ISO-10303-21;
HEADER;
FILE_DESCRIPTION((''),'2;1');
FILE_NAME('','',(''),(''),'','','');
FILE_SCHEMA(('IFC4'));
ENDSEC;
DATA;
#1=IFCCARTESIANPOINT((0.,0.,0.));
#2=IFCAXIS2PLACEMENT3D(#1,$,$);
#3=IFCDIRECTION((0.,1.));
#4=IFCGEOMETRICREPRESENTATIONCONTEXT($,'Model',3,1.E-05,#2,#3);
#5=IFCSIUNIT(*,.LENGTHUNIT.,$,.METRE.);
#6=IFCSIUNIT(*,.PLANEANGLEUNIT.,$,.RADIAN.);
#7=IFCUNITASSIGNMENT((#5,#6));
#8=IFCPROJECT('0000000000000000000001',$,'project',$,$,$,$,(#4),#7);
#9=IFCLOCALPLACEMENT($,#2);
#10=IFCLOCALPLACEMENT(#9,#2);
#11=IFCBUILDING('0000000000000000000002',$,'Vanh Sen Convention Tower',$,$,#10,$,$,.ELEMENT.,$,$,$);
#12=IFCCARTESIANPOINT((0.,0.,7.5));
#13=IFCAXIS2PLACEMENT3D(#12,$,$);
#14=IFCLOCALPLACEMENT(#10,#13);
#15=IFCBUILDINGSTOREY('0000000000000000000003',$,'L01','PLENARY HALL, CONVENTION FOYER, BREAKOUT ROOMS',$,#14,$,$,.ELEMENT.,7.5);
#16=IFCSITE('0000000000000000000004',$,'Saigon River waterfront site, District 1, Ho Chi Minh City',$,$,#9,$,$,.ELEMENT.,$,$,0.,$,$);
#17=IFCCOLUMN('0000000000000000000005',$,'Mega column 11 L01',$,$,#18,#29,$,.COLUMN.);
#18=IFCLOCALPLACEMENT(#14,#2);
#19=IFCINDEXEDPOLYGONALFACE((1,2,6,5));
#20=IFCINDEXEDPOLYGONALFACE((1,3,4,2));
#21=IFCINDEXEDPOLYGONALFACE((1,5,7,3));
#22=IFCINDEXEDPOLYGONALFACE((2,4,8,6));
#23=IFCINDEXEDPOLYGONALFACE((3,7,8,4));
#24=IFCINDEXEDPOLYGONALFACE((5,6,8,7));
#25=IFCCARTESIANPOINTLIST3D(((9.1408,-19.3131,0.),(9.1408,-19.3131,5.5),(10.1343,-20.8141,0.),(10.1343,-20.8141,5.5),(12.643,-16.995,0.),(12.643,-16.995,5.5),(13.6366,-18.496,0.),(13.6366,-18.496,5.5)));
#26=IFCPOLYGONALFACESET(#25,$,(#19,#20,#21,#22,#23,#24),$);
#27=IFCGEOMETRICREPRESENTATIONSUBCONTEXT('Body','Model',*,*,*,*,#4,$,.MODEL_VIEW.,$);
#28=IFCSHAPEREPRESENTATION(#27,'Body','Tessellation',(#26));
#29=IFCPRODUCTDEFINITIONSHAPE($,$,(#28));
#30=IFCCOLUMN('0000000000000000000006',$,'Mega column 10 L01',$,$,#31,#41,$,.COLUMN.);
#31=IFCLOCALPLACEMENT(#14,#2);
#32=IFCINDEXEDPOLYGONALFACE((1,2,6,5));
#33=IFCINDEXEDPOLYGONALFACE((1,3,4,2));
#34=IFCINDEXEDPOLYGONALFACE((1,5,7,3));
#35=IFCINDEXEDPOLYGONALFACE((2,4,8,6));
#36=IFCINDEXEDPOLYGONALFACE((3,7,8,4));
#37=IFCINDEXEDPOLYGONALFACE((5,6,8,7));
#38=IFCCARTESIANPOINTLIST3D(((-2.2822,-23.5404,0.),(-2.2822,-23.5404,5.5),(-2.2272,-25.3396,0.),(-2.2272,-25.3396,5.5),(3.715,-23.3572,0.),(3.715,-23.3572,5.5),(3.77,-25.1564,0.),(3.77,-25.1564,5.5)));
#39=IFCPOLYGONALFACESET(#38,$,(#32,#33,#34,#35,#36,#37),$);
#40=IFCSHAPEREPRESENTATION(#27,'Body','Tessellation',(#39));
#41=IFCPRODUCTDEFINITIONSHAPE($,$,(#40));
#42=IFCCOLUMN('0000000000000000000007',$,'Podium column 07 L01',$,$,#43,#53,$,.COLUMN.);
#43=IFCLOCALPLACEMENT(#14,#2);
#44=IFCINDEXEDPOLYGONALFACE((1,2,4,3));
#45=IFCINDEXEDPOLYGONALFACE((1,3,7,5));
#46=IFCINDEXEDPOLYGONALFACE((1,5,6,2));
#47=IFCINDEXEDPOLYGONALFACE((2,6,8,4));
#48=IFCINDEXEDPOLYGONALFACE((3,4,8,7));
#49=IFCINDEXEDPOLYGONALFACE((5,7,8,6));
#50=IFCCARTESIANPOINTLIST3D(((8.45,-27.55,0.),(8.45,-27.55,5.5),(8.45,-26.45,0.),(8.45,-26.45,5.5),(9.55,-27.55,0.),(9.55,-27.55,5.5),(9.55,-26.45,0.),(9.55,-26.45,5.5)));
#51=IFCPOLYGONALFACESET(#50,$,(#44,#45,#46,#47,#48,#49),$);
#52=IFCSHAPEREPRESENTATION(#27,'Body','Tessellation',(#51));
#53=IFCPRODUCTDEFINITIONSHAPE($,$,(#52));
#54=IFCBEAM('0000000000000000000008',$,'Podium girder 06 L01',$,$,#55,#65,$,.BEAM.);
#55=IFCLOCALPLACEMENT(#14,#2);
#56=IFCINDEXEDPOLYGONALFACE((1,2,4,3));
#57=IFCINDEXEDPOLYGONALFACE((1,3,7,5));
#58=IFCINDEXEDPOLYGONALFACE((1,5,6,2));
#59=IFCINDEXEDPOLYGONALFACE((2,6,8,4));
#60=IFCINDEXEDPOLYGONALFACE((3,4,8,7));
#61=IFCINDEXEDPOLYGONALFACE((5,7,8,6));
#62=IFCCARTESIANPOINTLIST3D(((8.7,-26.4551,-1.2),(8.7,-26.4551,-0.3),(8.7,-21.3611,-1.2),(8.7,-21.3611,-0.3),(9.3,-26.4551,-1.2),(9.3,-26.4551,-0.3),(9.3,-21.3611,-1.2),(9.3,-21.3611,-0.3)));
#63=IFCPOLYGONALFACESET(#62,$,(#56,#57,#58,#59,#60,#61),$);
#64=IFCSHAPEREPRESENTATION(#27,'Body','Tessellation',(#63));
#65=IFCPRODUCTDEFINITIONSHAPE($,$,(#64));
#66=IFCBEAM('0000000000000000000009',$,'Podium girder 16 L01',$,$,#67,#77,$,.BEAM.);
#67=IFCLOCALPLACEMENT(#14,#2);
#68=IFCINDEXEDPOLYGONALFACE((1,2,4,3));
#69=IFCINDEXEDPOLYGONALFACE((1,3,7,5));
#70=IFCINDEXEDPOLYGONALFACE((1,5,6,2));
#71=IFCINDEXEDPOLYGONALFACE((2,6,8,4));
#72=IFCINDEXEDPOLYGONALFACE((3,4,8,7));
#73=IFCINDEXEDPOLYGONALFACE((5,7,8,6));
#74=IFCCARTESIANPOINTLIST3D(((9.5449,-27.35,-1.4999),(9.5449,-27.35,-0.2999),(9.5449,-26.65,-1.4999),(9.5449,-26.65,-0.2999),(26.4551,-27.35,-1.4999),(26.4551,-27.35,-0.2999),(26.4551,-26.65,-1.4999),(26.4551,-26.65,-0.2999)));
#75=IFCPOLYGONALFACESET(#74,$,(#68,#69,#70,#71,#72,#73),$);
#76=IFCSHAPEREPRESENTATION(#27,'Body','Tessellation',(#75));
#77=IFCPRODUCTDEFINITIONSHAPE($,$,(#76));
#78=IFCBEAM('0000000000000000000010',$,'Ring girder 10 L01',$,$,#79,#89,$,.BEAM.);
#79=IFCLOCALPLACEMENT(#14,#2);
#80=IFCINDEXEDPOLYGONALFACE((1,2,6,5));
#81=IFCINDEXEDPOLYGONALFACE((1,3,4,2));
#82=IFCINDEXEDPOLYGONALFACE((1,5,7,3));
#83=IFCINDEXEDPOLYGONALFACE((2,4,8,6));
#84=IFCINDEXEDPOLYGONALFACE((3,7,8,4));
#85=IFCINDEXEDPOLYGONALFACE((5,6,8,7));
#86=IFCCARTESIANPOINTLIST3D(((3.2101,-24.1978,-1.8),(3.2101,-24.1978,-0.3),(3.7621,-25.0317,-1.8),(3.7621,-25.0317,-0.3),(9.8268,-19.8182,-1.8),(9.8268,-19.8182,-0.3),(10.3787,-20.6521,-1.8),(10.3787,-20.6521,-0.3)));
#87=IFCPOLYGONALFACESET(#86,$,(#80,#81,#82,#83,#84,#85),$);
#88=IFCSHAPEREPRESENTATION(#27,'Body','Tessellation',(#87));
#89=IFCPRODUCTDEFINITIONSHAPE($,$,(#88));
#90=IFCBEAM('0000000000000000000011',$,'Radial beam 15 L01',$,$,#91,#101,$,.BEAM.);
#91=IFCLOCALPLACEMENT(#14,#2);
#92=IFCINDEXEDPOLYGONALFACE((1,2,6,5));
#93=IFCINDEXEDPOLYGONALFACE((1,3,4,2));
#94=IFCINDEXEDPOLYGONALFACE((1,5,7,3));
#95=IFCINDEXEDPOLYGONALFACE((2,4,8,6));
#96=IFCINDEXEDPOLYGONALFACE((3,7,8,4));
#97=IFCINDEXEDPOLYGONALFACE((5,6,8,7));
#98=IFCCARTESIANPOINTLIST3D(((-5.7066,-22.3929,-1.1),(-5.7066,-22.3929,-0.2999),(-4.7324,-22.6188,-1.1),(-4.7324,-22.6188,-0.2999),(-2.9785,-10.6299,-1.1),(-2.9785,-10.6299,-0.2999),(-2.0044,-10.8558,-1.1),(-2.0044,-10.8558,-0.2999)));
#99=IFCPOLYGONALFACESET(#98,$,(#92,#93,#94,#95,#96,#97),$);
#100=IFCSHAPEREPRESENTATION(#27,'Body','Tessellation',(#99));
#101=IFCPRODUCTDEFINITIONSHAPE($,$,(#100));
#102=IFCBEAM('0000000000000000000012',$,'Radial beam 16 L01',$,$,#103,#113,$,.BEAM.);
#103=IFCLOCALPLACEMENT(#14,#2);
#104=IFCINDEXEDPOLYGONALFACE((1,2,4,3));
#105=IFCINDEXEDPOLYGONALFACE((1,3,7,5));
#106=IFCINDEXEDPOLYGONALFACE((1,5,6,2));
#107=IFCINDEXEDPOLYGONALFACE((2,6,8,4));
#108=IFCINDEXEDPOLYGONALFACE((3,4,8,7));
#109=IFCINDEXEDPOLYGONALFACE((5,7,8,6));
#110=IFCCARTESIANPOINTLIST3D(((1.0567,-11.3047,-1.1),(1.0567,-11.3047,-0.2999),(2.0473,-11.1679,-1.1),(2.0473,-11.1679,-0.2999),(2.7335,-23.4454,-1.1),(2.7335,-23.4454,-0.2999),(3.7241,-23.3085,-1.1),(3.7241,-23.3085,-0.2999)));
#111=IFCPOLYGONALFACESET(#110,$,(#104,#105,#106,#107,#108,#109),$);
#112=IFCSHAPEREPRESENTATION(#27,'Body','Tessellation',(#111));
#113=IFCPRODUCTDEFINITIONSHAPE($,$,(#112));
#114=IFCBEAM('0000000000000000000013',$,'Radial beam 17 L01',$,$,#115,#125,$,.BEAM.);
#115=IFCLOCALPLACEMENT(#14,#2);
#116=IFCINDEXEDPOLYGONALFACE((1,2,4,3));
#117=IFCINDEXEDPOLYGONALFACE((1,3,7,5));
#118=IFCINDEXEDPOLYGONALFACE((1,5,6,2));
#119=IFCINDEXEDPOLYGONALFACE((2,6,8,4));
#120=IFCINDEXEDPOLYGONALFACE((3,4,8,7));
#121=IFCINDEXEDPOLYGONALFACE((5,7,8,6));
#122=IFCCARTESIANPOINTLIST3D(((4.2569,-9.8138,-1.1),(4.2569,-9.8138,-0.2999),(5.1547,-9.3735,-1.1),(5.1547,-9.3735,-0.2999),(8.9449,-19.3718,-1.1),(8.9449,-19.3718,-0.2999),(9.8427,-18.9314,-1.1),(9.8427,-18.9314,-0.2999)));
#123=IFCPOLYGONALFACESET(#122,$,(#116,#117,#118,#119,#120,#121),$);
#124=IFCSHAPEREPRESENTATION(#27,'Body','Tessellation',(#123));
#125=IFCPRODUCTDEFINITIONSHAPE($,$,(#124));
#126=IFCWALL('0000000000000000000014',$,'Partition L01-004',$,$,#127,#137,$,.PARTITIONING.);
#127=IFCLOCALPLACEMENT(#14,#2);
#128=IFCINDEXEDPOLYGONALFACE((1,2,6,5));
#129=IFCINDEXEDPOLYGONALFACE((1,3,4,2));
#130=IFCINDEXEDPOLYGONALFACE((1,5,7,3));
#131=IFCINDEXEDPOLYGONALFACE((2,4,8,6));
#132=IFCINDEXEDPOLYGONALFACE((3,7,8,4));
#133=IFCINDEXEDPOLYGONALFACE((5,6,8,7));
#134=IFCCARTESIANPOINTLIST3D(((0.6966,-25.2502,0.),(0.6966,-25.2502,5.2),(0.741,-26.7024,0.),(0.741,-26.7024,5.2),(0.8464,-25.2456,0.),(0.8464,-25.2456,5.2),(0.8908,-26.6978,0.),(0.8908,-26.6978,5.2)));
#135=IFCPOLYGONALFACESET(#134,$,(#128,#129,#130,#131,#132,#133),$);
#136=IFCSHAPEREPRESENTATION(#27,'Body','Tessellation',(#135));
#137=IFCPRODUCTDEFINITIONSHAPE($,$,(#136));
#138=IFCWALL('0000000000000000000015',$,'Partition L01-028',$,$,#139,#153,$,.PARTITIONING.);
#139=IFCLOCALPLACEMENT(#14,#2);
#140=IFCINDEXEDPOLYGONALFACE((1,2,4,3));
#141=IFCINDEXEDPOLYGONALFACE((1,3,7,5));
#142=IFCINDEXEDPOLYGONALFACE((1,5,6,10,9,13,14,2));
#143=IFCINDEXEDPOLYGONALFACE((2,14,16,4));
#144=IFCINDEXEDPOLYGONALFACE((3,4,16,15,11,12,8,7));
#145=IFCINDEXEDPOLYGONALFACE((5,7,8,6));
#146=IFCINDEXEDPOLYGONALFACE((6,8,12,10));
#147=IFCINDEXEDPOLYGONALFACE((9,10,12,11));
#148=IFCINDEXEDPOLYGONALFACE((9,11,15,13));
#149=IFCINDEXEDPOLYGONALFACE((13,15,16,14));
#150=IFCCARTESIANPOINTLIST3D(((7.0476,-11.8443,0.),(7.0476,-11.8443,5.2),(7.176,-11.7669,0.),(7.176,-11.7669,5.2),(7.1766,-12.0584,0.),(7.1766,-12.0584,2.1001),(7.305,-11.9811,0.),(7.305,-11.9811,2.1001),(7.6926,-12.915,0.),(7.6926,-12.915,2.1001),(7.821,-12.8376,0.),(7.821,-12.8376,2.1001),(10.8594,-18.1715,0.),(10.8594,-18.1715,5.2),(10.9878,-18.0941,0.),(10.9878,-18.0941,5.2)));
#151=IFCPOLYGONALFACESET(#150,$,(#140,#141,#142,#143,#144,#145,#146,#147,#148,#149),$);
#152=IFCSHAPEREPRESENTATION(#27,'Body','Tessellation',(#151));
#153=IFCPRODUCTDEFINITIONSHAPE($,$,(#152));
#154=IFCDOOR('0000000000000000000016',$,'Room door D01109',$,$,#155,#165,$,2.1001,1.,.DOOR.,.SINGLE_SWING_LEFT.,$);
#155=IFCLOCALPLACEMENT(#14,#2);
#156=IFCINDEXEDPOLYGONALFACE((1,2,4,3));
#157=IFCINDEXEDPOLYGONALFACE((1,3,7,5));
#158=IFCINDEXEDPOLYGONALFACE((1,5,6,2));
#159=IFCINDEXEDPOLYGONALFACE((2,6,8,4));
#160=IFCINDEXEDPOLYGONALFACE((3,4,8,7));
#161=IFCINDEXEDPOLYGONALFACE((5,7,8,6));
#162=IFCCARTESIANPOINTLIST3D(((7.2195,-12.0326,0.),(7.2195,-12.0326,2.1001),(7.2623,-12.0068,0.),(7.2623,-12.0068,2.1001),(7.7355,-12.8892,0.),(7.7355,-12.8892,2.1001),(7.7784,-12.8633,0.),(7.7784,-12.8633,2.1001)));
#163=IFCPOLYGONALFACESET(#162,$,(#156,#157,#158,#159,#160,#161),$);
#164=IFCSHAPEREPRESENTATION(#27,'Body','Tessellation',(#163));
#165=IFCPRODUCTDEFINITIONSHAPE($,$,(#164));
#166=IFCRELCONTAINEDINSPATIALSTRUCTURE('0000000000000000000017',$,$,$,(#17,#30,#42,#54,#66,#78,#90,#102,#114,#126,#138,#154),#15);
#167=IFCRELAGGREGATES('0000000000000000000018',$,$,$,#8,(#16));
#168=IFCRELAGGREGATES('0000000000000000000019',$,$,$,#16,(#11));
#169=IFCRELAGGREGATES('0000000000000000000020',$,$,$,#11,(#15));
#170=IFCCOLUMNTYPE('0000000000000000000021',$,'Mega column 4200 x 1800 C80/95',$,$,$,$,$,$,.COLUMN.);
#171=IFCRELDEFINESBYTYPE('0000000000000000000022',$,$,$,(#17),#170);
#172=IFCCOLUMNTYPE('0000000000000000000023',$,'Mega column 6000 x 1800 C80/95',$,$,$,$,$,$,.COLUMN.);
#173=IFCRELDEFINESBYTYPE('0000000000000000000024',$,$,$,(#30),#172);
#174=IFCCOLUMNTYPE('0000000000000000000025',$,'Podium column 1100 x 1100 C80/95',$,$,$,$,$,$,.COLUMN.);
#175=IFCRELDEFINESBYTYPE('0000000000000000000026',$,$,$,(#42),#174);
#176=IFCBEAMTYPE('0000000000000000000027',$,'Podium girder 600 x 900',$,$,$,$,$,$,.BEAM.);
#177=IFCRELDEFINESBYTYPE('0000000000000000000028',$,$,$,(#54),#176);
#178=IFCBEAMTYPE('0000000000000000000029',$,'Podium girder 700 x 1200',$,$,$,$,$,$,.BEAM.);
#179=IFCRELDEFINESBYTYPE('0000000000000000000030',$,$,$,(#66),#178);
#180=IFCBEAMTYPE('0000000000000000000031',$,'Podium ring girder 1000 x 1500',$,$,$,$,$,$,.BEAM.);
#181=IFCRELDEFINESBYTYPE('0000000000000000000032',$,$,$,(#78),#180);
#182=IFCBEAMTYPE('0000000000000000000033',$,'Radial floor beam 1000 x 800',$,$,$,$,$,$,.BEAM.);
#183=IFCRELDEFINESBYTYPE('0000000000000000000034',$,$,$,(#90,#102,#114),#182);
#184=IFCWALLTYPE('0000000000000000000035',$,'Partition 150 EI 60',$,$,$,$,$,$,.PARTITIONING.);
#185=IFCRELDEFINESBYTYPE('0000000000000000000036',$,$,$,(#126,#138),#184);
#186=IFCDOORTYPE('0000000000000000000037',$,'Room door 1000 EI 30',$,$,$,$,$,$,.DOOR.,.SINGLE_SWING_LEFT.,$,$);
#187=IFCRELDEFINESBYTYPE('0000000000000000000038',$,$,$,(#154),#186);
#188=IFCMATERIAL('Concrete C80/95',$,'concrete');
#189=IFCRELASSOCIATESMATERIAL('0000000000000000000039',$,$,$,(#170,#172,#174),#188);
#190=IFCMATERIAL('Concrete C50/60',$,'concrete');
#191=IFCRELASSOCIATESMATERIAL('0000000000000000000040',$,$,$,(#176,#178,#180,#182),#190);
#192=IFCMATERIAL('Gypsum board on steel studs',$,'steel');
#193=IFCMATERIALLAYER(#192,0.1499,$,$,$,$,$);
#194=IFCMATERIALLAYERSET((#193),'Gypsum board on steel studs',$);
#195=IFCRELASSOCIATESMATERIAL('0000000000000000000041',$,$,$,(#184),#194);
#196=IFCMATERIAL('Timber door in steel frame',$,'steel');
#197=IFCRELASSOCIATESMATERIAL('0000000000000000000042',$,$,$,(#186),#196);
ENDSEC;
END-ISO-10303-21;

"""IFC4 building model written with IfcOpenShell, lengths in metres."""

from ifc_helpers import new_model, si_unit, direction, frame, frame_2d, origin, origin_2d, place, context, subcontext, project, spatial, rectangle, extrude, material, layer, layer_set, material_profile, profile_set, type_object, element, fill, save


model = new_model("IFC4")

# Units and contexts
model_context = context("Model", 3, precision=1e-05, world=origin(), true_north=direction((0.0, 1.0)))
body_context = subcontext(model_context, "Body", "Model", "MODEL_VIEW")
ifc_project = project(units=[si_unit("LENGTHUNIT", "METRE"), si_unit("PLANEANGLEUNIT", "RADIAN")], contexts=[model_context])

# Site, building, storey
site_placement = place(None, origin())
site = spatial("IfcSite", under=ifc_project, at=site_placement, Name="Saigon River waterfront site, District 1, Ho Chi Minh City", CompositionType="ELEMENT", RefElevation=0.0)
building_placement = place(site_placement, origin())
building = spatial("IfcBuilding", under=site, at=building_placement, Name="Vanh Sen Convention Tower", CompositionType="ELEMENT")
storey_placement = place(building_placement, frame((0.0, 0.0, 7.5)))
storey = spatial("IfcBuildingStorey", under=building, at=storey_placement, Name="L01", Description="PLENARY HALL, CONVENTION FOYER, BREAKOUT ROOMS", CompositionType="ELEMENT", Elevation=7.5)

# Columns
ifc_material_1 = material(Name="Concrete C80/95", Category="concrete")
ifc_material_profile_1 = material_profile(ifc_material_1, rectangle(XDim=4.2, YDim=1.8, at=origin_2d()), Name="RC 4200X1800")
ifc_profile_set_1 = profile_set([ifc_material_profile_1], Name="Concrete C80/95")
column_type_1 = type_object("IfcColumnType", Name="Mega column 4200 x 1800 C80/95", PredefinedType="COLUMN", material=ifc_profile_set_1)
column_1_placement = place(storey_placement, frame((11.3887, -18.9045, 0.0), z_axis=(0.0, 0.0, 1.0), x_axis=(0.83388, 0.551946, 0.0)))
element("IfcColumn", 1, at=column_1_placement, inside=storey, type_object=column_type_1, Name="Mega column 11 L01", PredefinedType="COLUMN", context=body_context, shape_type="SweptSolid", body=[
    extrude(rectangle(XDim=4.2, YDim=1.8, at=origin_2d()), origin(), (0.0, 0.0, 1.0), 5.5),
])
ifc_material_profile_2 = material_profile(ifc_material_1, rectangle(XDim=6.0, YDim=1.8, at=origin_2d()), Name="RC 6000X1800")
ifc_profile_set_2 = profile_set([ifc_material_profile_2], Name="Concrete C80/95")
column_type_2 = type_object("IfcColumnType", Name="Mega column 6000 x 1800 C80/95", PredefinedType="COLUMN", material=ifc_profile_set_2)
column_2_placement = place(storey_placement, frame((0.7439, -24.3484, 0.0), z_axis=(0.0, 0.0, 1.0), x_axis=(0.999533, 0.030542, 0.0)))
element("IfcColumn", 2, at=column_2_placement, inside=storey, type_object=column_type_2, Name="Mega column 10 L01", PredefinedType="COLUMN", context=body_context, shape_type="SweptSolid", body=[
    extrude(rectangle(XDim=6.0, YDim=1.8, at=origin_2d()), origin(), (0.0, 0.0, 1.0), 5.5),
])
ifc_material_profile_3 = material_profile(ifc_material_1, rectangle(XDim=1.1001, YDim=1.1001, at=origin_2d()), Name="RC 1100X1100")
ifc_profile_set_3 = profile_set([ifc_material_profile_3], Name="Concrete C80/95")
column_type_3 = type_object("IfcColumnType", Name="Podium column 1100 x 1100 C80/95", PredefinedType="COLUMN", material=ifc_profile_set_3)
column_3_placement = place(storey_placement, frame((9.0, -27.0, 0.0), z_axis=(0.0, 0.0, 1.0), x_axis=(1.0, 0.0, 0.0)))
element("IfcColumn", 3, at=column_3_placement, inside=storey, type_object=column_type_3, Name="Podium column 07 L01", PredefinedType="COLUMN", context=body_context, shape_type="SweptSolid", body=[
    extrude(rectangle(XDim=1.1001, YDim=1.1001, at=origin_2d()), origin(), (0.0, 0.0, 1.0), 5.5),
])

# Beams
ifc_material_2 = material(Name="Concrete C50/60", Category="concrete")
ifc_material_profile_4 = material_profile(ifc_material_2, rectangle(XDim=0.6001, YDim=0.8999, at=origin_2d()), Name="RC 600X900")
ifc_profile_set_4 = profile_set([ifc_material_profile_4], Name="Concrete C50/60")
beam_type_1 = type_object("IfcBeamType", Name="Podium girder 600 x 900", PredefinedType="BEAM", material=ifc_profile_set_4)
beam_1_placement = place(storey_placement, frame((9.0, -26.4551, -0.75), z_axis=(0.0, 1.0, 0.0), x_axis=(-1.0, 0.0, 0.0)))
element("IfcBeam", 4, at=beam_1_placement, inside=storey, type_object=beam_type_1, Name="Podium girder 06 L01", PredefinedType="BEAM", context=body_context, shape_type="SweptSolid", body=[
    extrude(rectangle(XDim=0.6001, YDim=0.8999, at=origin_2d()), origin(), (0.0, 0.0, 1.0), 5.094),
])
ifc_material_profile_5 = material_profile(ifc_material_2, rectangle(XDim=0.7, YDim=1.2, at=origin_2d()), Name="RC 700X1200")
ifc_profile_set_5 = profile_set([ifc_material_profile_5], Name="Concrete C50/60")
beam_type_2 = type_object("IfcBeamType", Name="Podium girder 700 x 1200", PredefinedType="BEAM", material=ifc_profile_set_5)
beam_2_placement = place(storey_placement, frame((9.5449, -27.0, -0.8999), z_axis=(1.0, 0.0, 0.0), x_axis=(0.0, 1.0, 0.0)))
element("IfcBeam", 5, at=beam_2_placement, inside=storey, type_object=beam_type_2, Name="Podium girder 16 L01", PredefinedType="BEAM", context=body_context, shape_type="SweptSolid", body=[
    extrude(rectangle(XDim=0.7, YDim=1.2, at=origin_2d()), origin(), (0.0, 0.0, 1.0), 16.9102),
])
ifc_material_profile_6 = material_profile(ifc_material_2, rectangle(XDim=1.0, YDim=1.5, at=origin_2d()), Name="RC 1000X1500")
ifc_profile_set_6 = profile_set([ifc_material_profile_6], Name="Concrete C50/60")
beam_type_3 = type_object("IfcBeamType", Name="Podium ring girder 1000 x 1500", PredefinedType="BEAM", material=ifc_profile_set_6)
beam_3_placement = place(storey_placement, frame((3.4861, -24.6147, -1.05), z_axis=(0.833878, 0.551949, 0.0), x_axis=(-0.551949, 0.833878, 0.0)))
element("IfcBeam", 6, at=beam_3_placement, inside=storey, type_object=beam_type_3, Name="Ring girder 10 L01", PredefinedType="BEAM", context=body_context, shape_type="SweptSolid", body=[
    extrude(rectangle(XDim=1.0, YDim=1.5, at=origin_2d()), origin(), (0.0, 0.0, 1.0), 7.9348),
])
ifc_material_profile_7 = material_profile(ifc_material_2, rectangle(XDim=1.0, YDim=0.8, at=origin_2d()), Name="RC 1000X800")
ifc_profile_set_7 = profile_set([ifc_material_profile_7], Name="Concrete C50/60")
beam_type_4 = type_object("IfcBeamType", Name="Radial floor beam 1000 x 800", PredefinedType="BEAM", material=ifc_profile_set_7)
beam_4_placement = place(storey_placement, frame((-5.2195, -22.5059, -0.7), z_axis=(0.225921, 0.974146, 0.0), x_axis=(-0.974146, 0.225921, 0.0)))
element("IfcBeam", 7, at=beam_4_placement, inside=storey, type_object=beam_type_4, Name="Radial beam 15 L01", PredefinedType="BEAM", context=body_context, shape_type="SweptSolid", body=[
    extrude(rectangle(XDim=1.0, YDim=0.8, at=origin_2d()), origin(), (0.0, 0.0, 1.0), 12.0752),
])
beam_5_placement = place(storey_placement, frame((3.2288, -23.377, -0.7), z_axis=(-0.136813, 0.990597, 0.0), x_axis=(-0.990597, -0.136813, 0.0)))
element("IfcBeam", 8, at=beam_5_placement, inside=storey, type_object=beam_type_4, Name="Radial beam 16 L01", PredefinedType="BEAM", context=body_context, shape_type="SweptSolid", body=[
    extrude(rectangle(XDim=1.0, YDim=0.8, at=origin_2d()), origin(), (0.0, 0.0, 1.0), 12.2559),
])
beam_6_placement = place(storey_placement, frame((9.3938, -19.1516, -0.7), z_axis=(-0.440366, 0.897818, 0.0), x_axis=(-0.897818, -0.440366, 0.0)))
element("IfcBeam", 9, at=beam_6_placement, inside=storey, type_object=beam_type_4, Name="Radial beam 17 L01", PredefinedType="BEAM", context=body_context, shape_type="SweptSolid", body=[
    extrude(rectangle(XDim=1.0, YDim=0.8, at=origin_2d()), origin(), (0.0, 0.0, 1.0), 10.6458),
])

# Wall
ifc_material_3 = material(Name="Gypsum board on steel studs", Category="steel")
ifc_layer_1 = layer(ifc_material_3, 0.1499)
ifc_layer_set_1 = layer_set([ifc_layer_1], Name="Gypsum board on steel studs")
wall_type_1 = type_object("IfcWallType", Name="Partition 150 EI 60", PredefinedType="PARTITIONING", material=ifc_layer_set_1)
wall_1_placement = place(storey_placement, frame((0.7715, -25.2478, 0.0), z_axis=(0.0, 0.0, 1.0), x_axis=(0.030584, -0.999532, 0.0)))
element("IfcWall", 10, at=wall_1_placement, inside=storey, type_object=wall_type_1, Name="Partition L01-004", PredefinedType="PARTITIONING", context=body_context, shape_type="SweptSolid", body=[
    extrude(rectangle(XDim=1.4529, YDim=0.1499, at=frame_2d((0.7266, 0.0))), origin(), (0.0, 0.0, 1.0), 5.2),
])

# Wall, opening, door
wall_2_placement = place(storey_placement, frame((10.9236, -18.1328, 0.0), z_axis=(0.0, 0.0, 1.0), x_axis=(-0.516036, 0.856567, 0.0)))
wall_2 = element("IfcWall", 11, at=wall_2_placement, inside=storey, type_object=wall_type_1, Name="Partition L01-028", PredefinedType="PARTITIONING", context=body_context, shape_type="SweptSolid", body=[
    extrude(rectangle(XDim=7.3867, YDim=0.1499, at=frame_2d((3.6934, 0.0))), origin(), (0.0, 0.0, 1.0), 5.2),
])
opening_1_placement = place(wall_2_placement, frame((6.1367, 0.0, 0.0)))
opening_1 = element("IfcOpeningElement", 12, at=opening_1_placement, cuts=wall_2, PredefinedType="OPENING", context=body_context, shape_type="SweptSolid", body=[
    extrude(rectangle(XDim=1.0, YDim=2.1001, at=frame_2d((0.5, 1.05))), frame((0.0, 0.085, 0.0), z_axis=(0.0, -1.0, 0.0), x_axis=(1.0, 0.0, 0.0)), (0.0, 0.0, 1.0), 0.1699),
])
ifc_material_4 = material(Name="Timber door in steel frame", Category="steel")
door_type_1 = type_object("IfcDoorType", Name="Room door 1000 EI 30", OperationType="SINGLE_SWING_LEFT", PredefinedType="DOOR", material=ifc_material_4)
door_1_placement = place(opening_1_placement, origin())
door_1 = element("IfcDoor", 13, at=door_1_placement, inside=storey, type_object=door_type_1, Name="Room door D01109", OperationType="SINGLE_SWING_LEFT", OverallHeight=2.1001, OverallWidth=1.0, PredefinedType="DOOR", context=body_context, shape_type="SweptSolid", body=[
    extrude(rectangle(XDim=1.0, YDim=2.1001, at=frame_2d((0.5, 1.05))), frame((0.0, 0.0249, 0.0), z_axis=(0.0, -1.0, 0.0), x_axis=(1.0, 0.0, 0.0)), (0.0, 0.0, 1.0), 0.05),
])
fill(opening_1, door_1)

save(model, "model.ifc")
